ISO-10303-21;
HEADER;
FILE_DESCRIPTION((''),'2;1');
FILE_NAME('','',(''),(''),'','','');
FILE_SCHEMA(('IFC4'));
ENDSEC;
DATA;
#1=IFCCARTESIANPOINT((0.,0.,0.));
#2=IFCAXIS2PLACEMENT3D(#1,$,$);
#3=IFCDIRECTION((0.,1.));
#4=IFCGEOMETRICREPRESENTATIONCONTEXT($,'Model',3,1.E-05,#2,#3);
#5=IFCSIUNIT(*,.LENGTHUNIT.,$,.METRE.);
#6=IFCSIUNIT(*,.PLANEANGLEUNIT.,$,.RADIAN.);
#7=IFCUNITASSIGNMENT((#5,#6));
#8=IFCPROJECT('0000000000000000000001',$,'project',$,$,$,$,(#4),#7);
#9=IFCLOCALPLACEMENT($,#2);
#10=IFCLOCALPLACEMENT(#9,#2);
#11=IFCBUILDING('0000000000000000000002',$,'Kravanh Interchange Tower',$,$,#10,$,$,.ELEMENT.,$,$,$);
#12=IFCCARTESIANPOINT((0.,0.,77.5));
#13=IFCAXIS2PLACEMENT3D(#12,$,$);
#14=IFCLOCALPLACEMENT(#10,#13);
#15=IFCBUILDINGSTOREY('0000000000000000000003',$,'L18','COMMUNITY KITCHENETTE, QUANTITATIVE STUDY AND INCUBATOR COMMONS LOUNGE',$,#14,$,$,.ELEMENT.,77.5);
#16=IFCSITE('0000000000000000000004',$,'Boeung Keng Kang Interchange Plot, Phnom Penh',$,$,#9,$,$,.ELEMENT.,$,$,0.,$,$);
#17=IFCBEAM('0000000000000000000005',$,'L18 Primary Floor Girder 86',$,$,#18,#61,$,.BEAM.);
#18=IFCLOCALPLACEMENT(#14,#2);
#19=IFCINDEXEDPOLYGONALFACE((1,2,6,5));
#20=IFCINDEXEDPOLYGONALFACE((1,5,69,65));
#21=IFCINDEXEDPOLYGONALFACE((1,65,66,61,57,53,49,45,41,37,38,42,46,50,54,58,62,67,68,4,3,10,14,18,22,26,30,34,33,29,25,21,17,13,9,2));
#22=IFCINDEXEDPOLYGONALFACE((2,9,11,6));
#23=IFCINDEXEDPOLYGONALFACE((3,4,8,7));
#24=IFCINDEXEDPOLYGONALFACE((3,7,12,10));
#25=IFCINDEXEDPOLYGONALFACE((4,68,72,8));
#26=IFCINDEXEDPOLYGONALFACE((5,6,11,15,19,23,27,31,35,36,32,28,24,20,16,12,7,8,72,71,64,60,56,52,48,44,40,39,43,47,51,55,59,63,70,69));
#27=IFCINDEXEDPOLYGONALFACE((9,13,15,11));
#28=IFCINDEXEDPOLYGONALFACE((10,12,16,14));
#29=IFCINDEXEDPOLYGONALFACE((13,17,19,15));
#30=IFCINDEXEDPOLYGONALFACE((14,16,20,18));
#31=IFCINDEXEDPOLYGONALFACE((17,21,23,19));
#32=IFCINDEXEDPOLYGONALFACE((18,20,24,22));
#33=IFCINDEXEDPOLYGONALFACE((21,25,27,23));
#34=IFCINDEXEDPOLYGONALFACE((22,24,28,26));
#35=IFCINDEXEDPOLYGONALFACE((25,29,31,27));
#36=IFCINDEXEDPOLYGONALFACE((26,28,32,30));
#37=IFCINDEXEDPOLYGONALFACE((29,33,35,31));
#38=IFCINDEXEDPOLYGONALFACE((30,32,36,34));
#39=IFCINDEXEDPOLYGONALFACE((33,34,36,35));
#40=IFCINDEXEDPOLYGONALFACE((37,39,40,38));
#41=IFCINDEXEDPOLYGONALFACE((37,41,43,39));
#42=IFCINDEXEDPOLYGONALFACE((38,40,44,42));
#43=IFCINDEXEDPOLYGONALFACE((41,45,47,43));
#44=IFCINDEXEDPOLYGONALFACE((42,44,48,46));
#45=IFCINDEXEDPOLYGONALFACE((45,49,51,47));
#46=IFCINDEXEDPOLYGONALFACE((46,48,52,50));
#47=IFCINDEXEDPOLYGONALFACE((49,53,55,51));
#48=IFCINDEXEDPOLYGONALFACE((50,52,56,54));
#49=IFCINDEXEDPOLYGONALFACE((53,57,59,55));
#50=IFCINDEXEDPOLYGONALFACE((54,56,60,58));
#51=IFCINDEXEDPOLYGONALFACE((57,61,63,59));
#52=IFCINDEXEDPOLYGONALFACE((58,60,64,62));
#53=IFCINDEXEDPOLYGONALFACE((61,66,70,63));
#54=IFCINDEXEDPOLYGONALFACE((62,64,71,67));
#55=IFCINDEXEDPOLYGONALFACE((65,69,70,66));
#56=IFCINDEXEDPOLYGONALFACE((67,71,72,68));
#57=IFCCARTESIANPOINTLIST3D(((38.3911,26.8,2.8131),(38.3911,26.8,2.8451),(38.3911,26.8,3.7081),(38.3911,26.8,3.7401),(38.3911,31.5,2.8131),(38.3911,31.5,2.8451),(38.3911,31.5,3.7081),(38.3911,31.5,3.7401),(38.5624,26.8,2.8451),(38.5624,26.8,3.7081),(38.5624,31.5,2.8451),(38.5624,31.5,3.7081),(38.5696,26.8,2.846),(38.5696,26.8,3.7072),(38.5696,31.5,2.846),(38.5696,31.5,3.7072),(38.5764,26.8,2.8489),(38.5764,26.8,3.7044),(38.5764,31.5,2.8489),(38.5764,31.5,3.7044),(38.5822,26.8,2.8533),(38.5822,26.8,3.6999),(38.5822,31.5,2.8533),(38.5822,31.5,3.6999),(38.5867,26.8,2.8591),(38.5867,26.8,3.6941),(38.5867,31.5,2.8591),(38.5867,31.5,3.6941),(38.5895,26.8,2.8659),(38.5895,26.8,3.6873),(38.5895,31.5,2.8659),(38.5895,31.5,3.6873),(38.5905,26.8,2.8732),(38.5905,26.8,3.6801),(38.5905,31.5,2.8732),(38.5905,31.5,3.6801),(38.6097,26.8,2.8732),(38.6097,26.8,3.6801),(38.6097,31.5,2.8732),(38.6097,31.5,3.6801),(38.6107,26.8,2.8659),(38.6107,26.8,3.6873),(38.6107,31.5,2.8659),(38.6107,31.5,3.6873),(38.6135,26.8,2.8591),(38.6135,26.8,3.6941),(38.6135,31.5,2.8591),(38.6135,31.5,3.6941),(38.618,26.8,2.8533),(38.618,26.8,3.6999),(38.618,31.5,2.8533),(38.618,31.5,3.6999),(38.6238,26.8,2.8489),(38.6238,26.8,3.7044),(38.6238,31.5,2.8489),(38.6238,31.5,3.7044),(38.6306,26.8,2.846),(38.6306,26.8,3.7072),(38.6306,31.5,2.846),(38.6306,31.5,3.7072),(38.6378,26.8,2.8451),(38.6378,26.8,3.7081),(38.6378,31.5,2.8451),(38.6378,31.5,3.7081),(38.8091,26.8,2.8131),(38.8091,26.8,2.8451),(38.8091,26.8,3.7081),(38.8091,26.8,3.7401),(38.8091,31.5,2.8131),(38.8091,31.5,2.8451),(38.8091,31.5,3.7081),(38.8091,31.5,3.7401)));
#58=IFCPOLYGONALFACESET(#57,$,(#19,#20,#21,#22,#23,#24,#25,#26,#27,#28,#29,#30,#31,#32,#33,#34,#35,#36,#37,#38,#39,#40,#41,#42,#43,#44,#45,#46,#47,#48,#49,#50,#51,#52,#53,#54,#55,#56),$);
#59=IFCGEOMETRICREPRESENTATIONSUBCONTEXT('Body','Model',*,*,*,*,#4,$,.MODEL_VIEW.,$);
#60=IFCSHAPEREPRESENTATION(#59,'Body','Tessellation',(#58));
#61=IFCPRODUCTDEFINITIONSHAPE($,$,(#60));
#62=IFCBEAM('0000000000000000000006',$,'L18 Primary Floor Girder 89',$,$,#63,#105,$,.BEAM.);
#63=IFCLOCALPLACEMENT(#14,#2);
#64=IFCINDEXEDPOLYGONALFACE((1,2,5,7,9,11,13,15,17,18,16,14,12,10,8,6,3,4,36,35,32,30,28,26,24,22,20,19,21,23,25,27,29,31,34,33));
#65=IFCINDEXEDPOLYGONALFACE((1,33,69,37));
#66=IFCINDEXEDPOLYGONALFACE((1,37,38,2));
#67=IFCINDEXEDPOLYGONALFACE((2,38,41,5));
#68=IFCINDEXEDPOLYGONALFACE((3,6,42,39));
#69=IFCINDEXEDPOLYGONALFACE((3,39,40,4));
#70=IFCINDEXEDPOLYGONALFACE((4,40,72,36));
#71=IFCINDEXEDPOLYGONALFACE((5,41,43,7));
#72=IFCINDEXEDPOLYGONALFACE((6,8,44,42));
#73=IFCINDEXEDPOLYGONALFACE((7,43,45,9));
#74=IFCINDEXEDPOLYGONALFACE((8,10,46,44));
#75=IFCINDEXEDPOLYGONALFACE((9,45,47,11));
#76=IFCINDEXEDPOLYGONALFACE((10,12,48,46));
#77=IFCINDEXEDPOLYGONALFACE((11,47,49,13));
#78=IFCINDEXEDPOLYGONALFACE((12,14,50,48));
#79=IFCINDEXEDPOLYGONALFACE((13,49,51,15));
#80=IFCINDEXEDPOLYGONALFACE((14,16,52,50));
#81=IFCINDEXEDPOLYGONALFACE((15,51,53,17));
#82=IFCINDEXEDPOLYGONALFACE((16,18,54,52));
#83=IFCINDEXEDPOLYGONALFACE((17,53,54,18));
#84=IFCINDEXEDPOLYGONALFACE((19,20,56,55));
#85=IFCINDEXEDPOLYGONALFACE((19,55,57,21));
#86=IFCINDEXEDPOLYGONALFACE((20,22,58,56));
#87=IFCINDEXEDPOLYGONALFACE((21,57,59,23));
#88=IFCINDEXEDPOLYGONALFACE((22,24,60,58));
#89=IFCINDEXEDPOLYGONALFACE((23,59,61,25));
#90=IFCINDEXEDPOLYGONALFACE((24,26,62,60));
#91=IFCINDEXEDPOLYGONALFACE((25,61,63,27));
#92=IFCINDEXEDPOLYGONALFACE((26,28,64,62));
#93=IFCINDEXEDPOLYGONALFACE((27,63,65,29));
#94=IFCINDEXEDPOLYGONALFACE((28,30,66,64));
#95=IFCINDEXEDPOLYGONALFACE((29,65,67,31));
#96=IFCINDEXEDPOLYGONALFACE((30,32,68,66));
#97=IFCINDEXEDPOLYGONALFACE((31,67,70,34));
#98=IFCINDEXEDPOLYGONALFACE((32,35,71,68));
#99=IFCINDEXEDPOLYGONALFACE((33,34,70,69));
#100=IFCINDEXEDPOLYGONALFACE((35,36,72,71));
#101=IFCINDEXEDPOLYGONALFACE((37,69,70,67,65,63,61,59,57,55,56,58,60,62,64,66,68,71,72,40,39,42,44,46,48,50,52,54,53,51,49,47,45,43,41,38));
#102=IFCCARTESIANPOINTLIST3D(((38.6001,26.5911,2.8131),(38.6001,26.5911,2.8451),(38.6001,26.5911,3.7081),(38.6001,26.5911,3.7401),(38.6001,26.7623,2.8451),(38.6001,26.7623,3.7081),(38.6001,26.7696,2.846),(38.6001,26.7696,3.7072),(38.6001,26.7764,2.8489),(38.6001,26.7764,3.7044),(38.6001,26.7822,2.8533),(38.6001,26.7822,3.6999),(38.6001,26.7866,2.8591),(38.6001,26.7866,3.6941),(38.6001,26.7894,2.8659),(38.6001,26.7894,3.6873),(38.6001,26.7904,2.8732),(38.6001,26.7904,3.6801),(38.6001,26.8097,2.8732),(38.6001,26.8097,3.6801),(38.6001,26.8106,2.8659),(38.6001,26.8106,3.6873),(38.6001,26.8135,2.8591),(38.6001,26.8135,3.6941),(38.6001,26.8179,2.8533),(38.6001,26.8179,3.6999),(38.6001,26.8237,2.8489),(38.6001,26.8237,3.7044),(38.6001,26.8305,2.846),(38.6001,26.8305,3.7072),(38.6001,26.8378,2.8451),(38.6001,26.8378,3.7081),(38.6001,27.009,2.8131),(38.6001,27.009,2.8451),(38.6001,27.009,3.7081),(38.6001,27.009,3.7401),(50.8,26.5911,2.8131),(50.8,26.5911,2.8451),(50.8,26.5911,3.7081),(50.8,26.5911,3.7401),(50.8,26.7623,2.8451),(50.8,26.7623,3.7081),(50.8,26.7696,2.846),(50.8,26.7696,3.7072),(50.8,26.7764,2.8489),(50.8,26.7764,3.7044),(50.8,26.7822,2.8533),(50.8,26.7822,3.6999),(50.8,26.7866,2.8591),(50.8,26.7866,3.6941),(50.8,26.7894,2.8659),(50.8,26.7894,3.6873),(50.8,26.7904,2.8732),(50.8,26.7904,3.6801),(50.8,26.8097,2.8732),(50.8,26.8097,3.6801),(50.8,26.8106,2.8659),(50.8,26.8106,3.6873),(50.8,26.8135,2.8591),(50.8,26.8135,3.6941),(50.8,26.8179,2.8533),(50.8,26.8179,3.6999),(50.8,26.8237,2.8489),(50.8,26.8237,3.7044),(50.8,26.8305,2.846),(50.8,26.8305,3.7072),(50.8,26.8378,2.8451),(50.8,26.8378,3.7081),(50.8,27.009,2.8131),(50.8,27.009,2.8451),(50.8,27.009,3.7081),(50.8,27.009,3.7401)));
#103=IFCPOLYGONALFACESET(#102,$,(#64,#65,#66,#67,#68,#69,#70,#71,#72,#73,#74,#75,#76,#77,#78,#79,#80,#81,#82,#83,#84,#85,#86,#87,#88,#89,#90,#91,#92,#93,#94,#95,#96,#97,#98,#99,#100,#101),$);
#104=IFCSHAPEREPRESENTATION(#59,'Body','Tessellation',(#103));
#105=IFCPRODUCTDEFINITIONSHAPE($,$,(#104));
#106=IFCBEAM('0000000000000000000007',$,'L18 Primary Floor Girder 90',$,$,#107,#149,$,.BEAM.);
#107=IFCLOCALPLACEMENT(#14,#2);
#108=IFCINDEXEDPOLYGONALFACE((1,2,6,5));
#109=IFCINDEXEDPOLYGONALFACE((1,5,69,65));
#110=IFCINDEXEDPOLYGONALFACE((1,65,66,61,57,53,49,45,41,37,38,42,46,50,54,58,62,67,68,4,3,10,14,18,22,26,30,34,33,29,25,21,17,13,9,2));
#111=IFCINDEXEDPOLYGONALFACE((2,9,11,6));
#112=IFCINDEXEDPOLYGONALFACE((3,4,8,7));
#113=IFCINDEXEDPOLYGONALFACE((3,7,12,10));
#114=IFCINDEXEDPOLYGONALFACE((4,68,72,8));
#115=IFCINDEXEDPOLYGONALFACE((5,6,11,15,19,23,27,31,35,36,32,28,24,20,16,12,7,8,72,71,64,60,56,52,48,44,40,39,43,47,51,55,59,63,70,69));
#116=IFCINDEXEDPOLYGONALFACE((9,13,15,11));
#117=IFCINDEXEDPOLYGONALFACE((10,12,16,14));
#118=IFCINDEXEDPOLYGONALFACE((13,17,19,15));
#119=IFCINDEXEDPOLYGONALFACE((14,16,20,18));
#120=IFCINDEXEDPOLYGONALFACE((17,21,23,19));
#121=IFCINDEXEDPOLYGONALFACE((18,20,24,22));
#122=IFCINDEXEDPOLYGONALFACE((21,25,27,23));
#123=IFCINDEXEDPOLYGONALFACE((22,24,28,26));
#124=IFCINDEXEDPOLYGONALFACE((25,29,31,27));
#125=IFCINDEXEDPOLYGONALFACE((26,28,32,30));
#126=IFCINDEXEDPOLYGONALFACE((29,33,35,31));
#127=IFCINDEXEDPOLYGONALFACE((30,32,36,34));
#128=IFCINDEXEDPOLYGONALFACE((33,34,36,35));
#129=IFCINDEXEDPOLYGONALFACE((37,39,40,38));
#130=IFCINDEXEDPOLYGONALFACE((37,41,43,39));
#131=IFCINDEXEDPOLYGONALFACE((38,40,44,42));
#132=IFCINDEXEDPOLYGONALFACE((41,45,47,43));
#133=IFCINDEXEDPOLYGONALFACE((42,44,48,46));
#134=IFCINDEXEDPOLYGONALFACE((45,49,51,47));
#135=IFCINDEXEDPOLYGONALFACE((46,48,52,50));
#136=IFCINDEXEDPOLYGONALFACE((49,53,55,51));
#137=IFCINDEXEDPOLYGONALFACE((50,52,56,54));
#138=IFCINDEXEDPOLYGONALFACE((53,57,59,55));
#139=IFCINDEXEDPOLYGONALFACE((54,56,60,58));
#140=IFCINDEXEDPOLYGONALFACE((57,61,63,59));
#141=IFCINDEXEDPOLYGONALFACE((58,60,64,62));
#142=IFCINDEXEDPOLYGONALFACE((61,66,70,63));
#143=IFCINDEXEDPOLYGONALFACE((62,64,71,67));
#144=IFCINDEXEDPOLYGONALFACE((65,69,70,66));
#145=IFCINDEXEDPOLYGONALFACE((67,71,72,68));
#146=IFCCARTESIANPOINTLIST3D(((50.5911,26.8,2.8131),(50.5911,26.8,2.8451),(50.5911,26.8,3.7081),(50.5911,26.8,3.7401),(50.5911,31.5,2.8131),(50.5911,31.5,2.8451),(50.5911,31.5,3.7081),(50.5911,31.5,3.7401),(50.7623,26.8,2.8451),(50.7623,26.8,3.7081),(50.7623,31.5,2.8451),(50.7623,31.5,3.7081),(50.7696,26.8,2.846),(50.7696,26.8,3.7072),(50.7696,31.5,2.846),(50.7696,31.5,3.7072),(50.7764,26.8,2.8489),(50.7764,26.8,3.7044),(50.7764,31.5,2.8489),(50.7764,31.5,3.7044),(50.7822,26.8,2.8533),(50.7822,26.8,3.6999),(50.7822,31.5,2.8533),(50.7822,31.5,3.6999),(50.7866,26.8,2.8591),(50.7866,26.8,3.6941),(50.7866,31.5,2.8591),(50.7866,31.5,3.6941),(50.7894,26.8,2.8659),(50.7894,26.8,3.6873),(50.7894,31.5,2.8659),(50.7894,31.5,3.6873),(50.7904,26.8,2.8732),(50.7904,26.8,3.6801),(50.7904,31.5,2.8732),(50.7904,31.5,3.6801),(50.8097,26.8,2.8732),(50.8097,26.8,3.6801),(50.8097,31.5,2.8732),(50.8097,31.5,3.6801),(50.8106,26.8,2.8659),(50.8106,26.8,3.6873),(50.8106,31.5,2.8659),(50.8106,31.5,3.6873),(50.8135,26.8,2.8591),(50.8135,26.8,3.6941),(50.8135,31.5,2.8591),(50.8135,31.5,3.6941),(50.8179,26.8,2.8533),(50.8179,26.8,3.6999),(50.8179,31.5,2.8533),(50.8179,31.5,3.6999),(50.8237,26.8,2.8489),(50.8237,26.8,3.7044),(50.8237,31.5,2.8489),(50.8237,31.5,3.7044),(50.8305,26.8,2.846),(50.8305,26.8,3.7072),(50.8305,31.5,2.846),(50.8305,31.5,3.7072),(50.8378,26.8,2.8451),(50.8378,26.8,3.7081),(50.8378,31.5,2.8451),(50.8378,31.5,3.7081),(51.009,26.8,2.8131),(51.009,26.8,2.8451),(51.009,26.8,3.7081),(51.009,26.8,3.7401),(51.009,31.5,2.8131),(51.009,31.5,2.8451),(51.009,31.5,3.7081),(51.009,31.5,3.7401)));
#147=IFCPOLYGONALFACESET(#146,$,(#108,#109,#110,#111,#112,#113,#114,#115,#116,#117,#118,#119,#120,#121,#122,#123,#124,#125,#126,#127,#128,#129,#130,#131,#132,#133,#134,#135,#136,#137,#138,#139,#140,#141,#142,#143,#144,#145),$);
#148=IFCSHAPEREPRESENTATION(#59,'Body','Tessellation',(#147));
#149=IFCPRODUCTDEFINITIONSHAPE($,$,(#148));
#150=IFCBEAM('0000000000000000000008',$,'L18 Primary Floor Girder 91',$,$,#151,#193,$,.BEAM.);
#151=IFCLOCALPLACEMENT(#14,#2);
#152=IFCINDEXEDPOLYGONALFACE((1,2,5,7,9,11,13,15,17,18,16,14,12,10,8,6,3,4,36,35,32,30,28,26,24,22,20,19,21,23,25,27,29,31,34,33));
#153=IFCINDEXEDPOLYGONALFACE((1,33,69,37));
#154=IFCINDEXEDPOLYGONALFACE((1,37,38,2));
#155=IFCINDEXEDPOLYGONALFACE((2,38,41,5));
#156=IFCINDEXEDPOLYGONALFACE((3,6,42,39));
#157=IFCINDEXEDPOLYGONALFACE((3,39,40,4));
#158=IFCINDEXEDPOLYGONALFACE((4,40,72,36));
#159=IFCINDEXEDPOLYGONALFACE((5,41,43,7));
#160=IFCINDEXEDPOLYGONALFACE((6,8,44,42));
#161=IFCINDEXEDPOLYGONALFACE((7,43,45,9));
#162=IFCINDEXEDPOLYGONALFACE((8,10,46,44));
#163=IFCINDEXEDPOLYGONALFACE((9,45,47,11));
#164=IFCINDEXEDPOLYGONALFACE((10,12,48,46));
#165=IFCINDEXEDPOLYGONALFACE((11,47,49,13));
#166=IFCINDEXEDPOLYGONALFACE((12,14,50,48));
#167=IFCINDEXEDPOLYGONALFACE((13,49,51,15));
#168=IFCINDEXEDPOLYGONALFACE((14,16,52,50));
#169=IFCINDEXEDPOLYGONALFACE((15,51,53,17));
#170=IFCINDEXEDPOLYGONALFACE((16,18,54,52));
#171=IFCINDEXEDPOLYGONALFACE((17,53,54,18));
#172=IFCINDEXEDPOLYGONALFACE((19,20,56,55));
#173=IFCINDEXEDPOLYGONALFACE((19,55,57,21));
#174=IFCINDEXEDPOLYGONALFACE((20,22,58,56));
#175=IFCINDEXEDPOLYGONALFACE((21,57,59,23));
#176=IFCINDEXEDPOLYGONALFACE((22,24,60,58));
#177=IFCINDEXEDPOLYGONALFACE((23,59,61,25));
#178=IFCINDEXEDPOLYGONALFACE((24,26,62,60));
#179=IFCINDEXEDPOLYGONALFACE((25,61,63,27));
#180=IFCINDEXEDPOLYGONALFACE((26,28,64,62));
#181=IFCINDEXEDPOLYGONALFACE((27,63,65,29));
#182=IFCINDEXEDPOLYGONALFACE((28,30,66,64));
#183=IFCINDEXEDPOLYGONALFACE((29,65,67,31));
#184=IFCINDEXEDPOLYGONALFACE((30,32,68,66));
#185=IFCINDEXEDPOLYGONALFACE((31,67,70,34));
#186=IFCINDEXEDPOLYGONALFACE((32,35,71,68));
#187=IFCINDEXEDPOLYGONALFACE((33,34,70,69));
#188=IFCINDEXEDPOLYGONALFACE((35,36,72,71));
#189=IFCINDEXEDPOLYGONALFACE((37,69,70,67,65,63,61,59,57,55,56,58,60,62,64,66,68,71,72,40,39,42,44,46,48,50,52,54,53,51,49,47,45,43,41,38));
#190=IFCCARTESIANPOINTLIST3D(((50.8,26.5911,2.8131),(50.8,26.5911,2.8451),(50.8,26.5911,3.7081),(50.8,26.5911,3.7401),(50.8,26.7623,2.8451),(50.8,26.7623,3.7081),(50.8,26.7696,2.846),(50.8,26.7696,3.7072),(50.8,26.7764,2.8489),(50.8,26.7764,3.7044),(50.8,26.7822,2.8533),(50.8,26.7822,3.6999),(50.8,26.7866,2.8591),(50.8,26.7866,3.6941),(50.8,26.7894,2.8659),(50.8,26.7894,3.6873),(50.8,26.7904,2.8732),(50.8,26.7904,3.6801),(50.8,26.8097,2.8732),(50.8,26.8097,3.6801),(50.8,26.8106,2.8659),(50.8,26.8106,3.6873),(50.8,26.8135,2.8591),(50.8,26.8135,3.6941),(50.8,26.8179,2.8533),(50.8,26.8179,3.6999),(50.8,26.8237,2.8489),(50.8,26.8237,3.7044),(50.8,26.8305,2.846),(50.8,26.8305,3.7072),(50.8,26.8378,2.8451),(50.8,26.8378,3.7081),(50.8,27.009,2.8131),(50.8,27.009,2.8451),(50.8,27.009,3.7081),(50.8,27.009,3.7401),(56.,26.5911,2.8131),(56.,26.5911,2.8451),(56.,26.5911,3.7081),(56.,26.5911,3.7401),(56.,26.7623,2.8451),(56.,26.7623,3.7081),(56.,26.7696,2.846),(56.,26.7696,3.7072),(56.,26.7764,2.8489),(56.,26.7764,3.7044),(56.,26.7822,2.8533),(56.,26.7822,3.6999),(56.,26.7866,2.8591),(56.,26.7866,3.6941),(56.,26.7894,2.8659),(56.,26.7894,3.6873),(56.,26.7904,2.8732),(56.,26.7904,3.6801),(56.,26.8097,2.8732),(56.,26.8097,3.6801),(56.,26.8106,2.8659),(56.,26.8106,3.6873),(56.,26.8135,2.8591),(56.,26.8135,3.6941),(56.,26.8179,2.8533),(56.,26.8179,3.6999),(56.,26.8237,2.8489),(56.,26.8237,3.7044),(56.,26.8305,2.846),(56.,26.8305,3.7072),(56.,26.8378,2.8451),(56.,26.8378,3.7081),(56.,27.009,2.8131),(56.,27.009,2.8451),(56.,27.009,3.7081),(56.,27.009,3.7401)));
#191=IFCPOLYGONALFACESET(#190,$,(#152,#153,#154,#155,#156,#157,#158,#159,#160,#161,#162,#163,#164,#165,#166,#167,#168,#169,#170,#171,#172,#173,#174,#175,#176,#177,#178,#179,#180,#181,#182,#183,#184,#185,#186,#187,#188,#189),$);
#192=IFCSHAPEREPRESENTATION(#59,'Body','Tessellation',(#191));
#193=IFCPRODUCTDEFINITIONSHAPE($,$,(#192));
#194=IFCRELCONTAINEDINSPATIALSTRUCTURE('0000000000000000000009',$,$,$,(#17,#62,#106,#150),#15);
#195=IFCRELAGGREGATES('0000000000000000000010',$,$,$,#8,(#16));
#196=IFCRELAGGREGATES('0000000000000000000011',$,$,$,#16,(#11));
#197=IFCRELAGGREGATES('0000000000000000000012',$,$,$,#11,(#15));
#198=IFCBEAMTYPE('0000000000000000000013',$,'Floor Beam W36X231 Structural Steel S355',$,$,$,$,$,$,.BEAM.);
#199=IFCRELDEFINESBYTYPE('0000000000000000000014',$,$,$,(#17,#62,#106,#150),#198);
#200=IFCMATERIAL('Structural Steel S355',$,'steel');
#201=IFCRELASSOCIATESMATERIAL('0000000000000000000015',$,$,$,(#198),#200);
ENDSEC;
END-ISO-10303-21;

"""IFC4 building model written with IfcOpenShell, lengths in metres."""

from ifc_helpers import new_model, si_unit, direction, frame, origin, origin_2d, place, context, subcontext, project, spatial, i_section, extrude, material, material_profile, profile_set, type_object, element, save


model = new_model("IFC4")

# Units and contexts
model_context = context("Model", 3, precision=1e-05, world=origin(), true_north=direction((0.0, 1.0)))
body_context = subcontext(model_context, "Body", "Model", "MODEL_VIEW")
ifc_project = project(units=[si_unit("LENGTHUNIT", "METRE"), si_unit("PLANEANGLEUNIT", "RADIAN")], contexts=[model_context])

# Site, building, storey
site_placement = place(None, origin())
site = spatial("IfcSite", under=ifc_project, at=site_placement, Name="Boeung Keng Kang Interchange Plot, Phnom Penh", CompositionType="ELEMENT", RefElevation=0.0)
building_placement = place(site_placement, origin())
building = spatial("IfcBuilding", under=site, at=building_placement, Name="Kravanh Interchange Tower", CompositionType="ELEMENT")
storey_placement = place(building_placement, frame((0.0, 0.0, 77.5)))
storey = spatial("IfcBuildingStorey", under=building, at=storey_placement, Name="L18", Description="COMMUNITY KITCHENETTE, QUANTITATIVE STUDY AND INCUBATOR COMMONS LOUNGE", CompositionType="ELEMENT", Elevation=77.5)

# Beams
ifc_material_1 = material(Name="Structural Steel S355", Category="steel")
ifc_material_profile_1 = material_profile(ifc_material_1, i_section(OverallWidth=0.418, OverallDepth=0.927, WebThickness=0.0193, FlangeThickness=0.032, FilletRadius=0.0281, at=origin_2d()), Name="W36X231")
ifc_profile_set_1 = profile_set([ifc_material_profile_1], Name="Structural Steel S355")
beam_type_1 = type_object("IfcBeamType", Name="Floor Beam W36X231 Structural Steel S355", PredefinedType="BEAM", material=ifc_profile_set_1)
beam_1_placement = place(storey_placement, frame((38.6001, 26.8, 3.2766), z_axis=(0.0, 1.0, 0.0), x_axis=(-1.0, 0.0, 0.0)))
element("IfcBeam", 1, at=beam_1_placement, inside=storey, type_object=beam_type_1, Name="L18 Primary Floor Girder 86", PredefinedType="BEAM", context=body_context, shape_type="SweptSolid", body=[
    extrude(i_section(OverallWidth=0.418, OverallDepth=0.927, WebThickness=0.0193, FlangeThickness=0.032, FilletRadius=0.0281, at=origin_2d()), origin(), (0.0, 0.0, 1.0), 4.7),
])
beam_2_placement = place(storey_placement, frame((38.6001, 26.8, 3.2766), z_axis=(1.0, 0.0, 0.0), x_axis=(0.0, 1.0, 0.0)))
element("IfcBeam", 2, at=beam_2_placement, inside=storey, type_object=beam_type_1, Name="L18 Primary Floor Girder 89", PredefinedType="BEAM", context=body_context, shape_type="SweptSolid", body=[
    extrude(i_section(OverallWidth=0.418, OverallDepth=0.927, WebThickness=0.0193, FlangeThickness=0.032, FilletRadius=0.0281, at=origin_2d()), origin(), (0.0, 0.0, 1.0), 12.2),
])
beam_3_placement = place(storey_placement, frame((50.8, 26.8, 3.2766), z_axis=(0.0, 1.0, 0.0), x_axis=(-1.0, 0.0, 0.0)))
element("IfcBeam", 3, at=beam_3_placement, inside=storey, type_object=beam_type_1, Name="L18 Primary Floor Girder 90", PredefinedType="BEAM", context=body_context, shape_type="SweptSolid", body=[
    extrude(i_section(OverallWidth=0.418, OverallDepth=0.927, WebThickness=0.0193, FlangeThickness=0.032, FilletRadius=0.0281, at=origin_2d()), origin(), (0.0, 0.0, 1.0), 4.7),
])
beam_4_placement = place(storey_placement, frame((50.8, 26.8, 3.2766), z_axis=(1.0, 0.0, 0.0), x_axis=(0.0, 1.0, 0.0)))
element("IfcBeam", 4, at=beam_4_placement, inside=storey, type_object=beam_type_1, Name="L18 Primary Floor Girder 91", PredefinedType="BEAM", context=body_context, shape_type="SweptSolid", body=[
    extrude(i_section(OverallWidth=0.418, OverallDepth=0.927, WebThickness=0.0193, FlangeThickness=0.032, FilletRadius=0.0281, at=origin_2d()), origin(), (0.0, 0.0, 1.0), 5.2),
])

save(model, "model.ifc")
